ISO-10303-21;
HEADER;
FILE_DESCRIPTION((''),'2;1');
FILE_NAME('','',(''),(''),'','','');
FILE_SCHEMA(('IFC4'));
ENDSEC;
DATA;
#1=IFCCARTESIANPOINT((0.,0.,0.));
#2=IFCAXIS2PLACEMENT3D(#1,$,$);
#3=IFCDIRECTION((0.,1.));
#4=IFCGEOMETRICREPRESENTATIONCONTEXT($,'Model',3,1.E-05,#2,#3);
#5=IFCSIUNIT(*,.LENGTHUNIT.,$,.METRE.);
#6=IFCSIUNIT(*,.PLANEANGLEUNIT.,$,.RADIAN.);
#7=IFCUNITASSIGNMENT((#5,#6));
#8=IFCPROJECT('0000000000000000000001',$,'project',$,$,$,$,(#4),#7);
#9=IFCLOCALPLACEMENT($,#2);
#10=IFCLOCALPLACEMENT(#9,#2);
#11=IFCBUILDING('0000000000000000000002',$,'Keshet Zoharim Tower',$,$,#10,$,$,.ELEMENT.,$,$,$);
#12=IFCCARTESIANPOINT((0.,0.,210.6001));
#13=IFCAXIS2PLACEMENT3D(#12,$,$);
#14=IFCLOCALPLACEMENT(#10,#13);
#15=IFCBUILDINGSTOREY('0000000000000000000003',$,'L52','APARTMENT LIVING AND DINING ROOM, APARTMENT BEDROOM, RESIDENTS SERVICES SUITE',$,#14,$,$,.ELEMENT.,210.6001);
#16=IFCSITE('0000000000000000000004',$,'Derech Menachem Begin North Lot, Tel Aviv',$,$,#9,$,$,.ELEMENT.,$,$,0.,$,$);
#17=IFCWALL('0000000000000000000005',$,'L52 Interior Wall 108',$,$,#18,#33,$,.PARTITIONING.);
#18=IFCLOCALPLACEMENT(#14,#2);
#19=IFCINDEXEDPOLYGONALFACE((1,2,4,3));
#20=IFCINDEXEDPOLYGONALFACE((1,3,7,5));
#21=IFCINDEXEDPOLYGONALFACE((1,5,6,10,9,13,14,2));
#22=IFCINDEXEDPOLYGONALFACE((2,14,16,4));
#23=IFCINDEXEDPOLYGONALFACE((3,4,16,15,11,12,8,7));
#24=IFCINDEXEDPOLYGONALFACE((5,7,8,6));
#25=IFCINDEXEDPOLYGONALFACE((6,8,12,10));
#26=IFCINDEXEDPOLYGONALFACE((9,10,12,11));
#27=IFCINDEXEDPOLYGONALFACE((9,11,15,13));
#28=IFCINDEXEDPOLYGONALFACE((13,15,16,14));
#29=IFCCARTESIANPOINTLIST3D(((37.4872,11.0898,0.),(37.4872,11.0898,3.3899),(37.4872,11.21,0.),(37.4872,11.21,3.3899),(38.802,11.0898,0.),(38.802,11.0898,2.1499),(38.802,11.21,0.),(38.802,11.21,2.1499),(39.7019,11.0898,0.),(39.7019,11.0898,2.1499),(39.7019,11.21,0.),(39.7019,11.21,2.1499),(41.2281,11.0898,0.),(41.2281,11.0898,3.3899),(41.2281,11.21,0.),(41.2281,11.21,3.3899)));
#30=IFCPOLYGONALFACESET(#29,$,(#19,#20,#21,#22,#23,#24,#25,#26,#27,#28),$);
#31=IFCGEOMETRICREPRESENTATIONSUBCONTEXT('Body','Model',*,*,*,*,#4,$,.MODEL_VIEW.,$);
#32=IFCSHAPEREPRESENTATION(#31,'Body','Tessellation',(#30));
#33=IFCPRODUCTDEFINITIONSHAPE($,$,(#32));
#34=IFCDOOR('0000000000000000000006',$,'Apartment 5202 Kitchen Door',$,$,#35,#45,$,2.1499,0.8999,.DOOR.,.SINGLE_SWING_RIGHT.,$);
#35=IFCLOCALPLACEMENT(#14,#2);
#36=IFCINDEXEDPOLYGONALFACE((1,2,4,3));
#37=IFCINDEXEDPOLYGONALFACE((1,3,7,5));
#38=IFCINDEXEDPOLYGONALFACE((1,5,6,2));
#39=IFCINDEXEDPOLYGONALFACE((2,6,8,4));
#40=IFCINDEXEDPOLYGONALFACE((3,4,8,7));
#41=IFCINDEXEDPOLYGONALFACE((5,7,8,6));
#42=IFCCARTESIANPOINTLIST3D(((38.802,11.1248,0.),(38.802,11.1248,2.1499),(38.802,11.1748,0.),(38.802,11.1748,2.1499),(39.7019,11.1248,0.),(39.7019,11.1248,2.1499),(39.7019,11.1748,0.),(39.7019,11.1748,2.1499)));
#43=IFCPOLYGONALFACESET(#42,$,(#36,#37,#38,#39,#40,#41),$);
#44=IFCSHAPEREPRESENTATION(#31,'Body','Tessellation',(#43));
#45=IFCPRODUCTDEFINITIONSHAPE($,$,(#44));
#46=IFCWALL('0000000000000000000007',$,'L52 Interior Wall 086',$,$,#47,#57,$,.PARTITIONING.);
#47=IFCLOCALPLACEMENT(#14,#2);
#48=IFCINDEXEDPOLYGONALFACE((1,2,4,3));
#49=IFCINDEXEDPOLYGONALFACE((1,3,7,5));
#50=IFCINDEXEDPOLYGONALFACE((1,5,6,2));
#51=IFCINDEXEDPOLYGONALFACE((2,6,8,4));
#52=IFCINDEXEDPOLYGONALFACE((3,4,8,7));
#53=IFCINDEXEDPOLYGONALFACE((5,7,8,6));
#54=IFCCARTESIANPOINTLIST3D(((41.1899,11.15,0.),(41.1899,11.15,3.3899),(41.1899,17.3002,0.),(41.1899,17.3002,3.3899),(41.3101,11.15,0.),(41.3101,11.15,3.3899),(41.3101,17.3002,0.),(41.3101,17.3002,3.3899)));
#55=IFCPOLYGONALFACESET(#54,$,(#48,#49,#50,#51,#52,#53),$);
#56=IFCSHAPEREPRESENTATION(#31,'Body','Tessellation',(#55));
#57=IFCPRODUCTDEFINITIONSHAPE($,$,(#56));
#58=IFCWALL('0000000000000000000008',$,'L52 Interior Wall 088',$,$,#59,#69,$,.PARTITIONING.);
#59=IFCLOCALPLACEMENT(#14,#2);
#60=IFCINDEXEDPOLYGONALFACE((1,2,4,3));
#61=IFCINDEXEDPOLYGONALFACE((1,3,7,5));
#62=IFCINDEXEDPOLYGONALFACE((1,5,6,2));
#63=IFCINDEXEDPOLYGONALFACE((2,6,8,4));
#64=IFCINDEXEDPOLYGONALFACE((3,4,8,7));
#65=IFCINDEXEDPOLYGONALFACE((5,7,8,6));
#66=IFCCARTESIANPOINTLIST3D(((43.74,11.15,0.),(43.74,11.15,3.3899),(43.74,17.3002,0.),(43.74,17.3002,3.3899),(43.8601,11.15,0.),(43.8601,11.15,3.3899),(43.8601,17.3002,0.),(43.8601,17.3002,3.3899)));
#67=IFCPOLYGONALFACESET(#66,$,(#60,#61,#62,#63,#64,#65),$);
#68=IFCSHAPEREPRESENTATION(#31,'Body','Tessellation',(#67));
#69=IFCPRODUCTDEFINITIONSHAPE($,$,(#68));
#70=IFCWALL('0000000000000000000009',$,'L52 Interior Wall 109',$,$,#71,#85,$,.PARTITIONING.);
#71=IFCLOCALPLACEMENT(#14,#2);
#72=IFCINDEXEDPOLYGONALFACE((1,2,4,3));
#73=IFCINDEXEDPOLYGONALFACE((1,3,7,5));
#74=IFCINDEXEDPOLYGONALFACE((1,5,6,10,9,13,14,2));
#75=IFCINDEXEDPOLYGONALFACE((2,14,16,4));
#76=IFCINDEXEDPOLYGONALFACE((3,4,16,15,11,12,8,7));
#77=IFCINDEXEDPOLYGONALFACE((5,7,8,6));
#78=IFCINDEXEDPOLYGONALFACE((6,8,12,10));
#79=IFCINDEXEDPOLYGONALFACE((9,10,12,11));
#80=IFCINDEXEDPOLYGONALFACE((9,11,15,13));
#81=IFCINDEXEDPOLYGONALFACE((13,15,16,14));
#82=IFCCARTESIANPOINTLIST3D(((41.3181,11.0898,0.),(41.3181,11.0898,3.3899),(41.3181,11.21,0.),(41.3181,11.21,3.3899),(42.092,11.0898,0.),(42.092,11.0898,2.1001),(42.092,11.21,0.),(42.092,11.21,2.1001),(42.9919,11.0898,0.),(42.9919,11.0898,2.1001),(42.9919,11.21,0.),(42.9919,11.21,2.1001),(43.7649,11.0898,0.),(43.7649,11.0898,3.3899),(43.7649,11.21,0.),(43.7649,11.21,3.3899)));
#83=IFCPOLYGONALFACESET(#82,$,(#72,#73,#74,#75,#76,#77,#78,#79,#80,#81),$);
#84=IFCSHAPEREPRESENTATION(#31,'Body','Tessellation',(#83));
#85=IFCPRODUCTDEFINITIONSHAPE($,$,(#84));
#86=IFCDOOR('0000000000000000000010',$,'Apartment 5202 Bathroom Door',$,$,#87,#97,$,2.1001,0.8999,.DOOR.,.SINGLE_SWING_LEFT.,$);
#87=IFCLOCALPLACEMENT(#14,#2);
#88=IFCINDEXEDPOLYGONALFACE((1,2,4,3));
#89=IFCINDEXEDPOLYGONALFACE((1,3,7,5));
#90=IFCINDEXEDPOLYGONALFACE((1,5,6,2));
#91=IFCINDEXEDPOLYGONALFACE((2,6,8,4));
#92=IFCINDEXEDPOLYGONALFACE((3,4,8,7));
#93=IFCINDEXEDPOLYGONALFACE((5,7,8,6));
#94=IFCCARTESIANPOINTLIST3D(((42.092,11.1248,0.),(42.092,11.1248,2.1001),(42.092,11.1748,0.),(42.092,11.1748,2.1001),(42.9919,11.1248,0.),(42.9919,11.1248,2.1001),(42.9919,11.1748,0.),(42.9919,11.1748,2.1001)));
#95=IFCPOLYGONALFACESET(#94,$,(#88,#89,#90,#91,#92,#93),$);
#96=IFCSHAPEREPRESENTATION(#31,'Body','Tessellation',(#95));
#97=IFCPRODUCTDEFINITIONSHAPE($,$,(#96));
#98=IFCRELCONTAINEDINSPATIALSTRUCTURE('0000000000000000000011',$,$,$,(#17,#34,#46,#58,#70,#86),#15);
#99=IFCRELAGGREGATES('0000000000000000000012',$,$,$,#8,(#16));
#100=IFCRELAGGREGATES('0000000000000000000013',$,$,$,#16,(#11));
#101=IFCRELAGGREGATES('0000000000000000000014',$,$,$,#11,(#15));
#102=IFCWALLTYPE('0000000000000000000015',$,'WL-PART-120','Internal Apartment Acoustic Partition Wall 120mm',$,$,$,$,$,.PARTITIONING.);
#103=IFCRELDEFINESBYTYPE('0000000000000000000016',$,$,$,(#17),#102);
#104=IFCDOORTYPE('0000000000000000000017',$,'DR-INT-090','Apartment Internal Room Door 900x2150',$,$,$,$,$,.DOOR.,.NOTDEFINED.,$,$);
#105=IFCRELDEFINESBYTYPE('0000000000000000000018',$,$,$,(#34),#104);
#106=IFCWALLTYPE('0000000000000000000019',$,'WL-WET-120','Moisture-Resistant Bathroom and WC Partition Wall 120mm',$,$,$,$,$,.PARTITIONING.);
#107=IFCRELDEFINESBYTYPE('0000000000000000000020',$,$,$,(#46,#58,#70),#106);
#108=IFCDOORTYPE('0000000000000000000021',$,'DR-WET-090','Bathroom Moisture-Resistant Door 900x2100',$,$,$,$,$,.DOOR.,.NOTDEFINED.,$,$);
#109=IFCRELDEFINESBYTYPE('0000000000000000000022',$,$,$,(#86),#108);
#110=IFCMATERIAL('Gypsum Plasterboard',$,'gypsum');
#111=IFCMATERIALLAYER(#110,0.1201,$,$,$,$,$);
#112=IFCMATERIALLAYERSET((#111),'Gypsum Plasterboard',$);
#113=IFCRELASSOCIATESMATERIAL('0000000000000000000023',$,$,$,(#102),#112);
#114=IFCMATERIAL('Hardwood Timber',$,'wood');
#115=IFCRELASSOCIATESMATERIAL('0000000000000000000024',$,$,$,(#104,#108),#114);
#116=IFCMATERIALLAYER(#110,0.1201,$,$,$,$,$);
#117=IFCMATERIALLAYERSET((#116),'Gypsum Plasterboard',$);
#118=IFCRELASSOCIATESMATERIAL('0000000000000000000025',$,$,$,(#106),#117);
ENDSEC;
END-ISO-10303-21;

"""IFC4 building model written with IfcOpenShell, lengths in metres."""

from ifc_helpers import new_model, si_unit, direction, frame, frame_2d, origin, place, context, subcontext, project, spatial, rectangle, extrude, material, layer, layer_set, type_object, element, fill, save


model = new_model("IFC4")

# Units and contexts
model_context = context("Model", 3, precision=1e-05, world=origin(), true_north=direction((0.0, 1.0)))
body_context = subcontext(model_context, "Body", "Model", "MODEL_VIEW")
ifc_project = project(units=[si_unit("LENGTHUNIT", "METRE"), si_unit("PLANEANGLEUNIT", "RADIAN")], contexts=[model_context])

# Site, building, storey
site_placement = place(None, origin())
site = spatial("IfcSite", under=ifc_project, at=site_placement, Name="Derech Menachem Begin North Lot, Tel Aviv", CompositionType="ELEMENT", RefElevation=0.0)
building_placement = place(site_placement, origin())
building = spatial("IfcBuilding", under=site, at=building_placement, Name="Keshet Zoharim Tower", CompositionType="ELEMENT")
storey_placement = place(building_placement, frame((0.0, 0.0, 210.6001)))
storey = spatial("IfcBuildingStorey", under=building, at=storey_placement, Name="L52", Description="APARTMENT LIVING AND DINING ROOM, APARTMENT BEDROOM, RESIDENTS SERVICES SUITE", CompositionType="ELEMENT", Elevation=210.6001)

# Shared definitions
ifc_material_1 = material(Name="Gypsum Plasterboard", Category="gypsum")
ifc_material_2 = material(Name="Hardwood Timber", Category="wood")

# Shared definitions
ifc_layer_1 = layer(ifc_material_1, 0.1201)
ifc_layer_set_1 = layer_set([ifc_layer_1], Name="Gypsum Plasterboard")
wall_type_1 = type_object("IfcWallType", Name="WL-PART-120", Description="Internal Apartment Acoustic Partition Wall 120mm", PredefinedType="PARTITIONING", material=ifc_layer_set_1)

# Wall, opening, door
wall_1_placement = place(storey_placement, frame((37.4871, 11.1499, 0.0), z_axis=(0.0, 0.0, 1.0), x_axis=(1.0, 0.0, 0.0)))
wall_1 = element("IfcWall", 1, at=wall_1_placement, inside=storey, type_object=wall_type_1, Name="L52 Interior Wall 108", PredefinedType="PARTITIONING", context=body_context, shape_type="SweptSolid", body=[
    extrude(rectangle(XDim=3.741, YDim=0.1201, at=frame_2d((1.8706, 0.0))), origin(), (0.0, 0.0, 1.0), 3.3899),
])
opening_1_placement = place(wall_1_placement, frame((1.3149, 0.0, 0.0)))
opening_1 = element("IfcOpeningElement", 2, at=opening_1_placement, cuts=wall_1, PredefinedType="OPENING", context=body_context, shape_type="SweptSolid", body=[
    extrude(rectangle(XDim=0.8999, YDim=2.1499, at=frame_2d((0.45, 1.075))), frame((0.0, 0.0701, 0.0), z_axis=(0.0, -1.0, 0.0), x_axis=(1.0, 0.0, 0.0)), (0.0, 0.0, 1.0), 0.1401),
])
door_type_1 = type_object("IfcDoorType", Name="DR-INT-090", Description="Apartment Internal Room Door 900x2150", OperationType="NOTDEFINED", PredefinedType="DOOR", material=ifc_material_2)
door_1_placement = place(opening_1_placement, origin())
door_1 = element("IfcDoor", 3, at=door_1_placement, inside=storey, type_object=door_type_1, Name="Apartment 5202 Kitchen Door", OperationType="SINGLE_SWING_RIGHT", OverallHeight=2.1499, OverallWidth=0.8999, PredefinedType="DOOR", context=body_context, shape_type="SweptSolid", body=[
    extrude(rectangle(XDim=0.8999, YDim=2.1499, at=frame_2d((0.45, 1.075))), frame((0.0, 0.0249, 0.0), z_axis=(0.0, -1.0, 0.0), x_axis=(1.0, 0.0, 0.0)), (0.0, 0.0, 1.0), 0.05),
])
fill(opening_1, door_1)

# Walls
ifc_layer_2 = layer(ifc_material_1, 0.1201)
ifc_layer_set_2 = layer_set([ifc_layer_2], Name="Gypsum Plasterboard")
wall_type_2 = type_object("IfcWallType", Name="WL-WET-120", Description="Moisture-Resistant Bathroom and WC Partition Wall 120mm", PredefinedType="PARTITIONING", material=ifc_layer_set_2)
for number, where, z_axis, x_axis, name in (
    (4, (41.25, 11.1499, 0.0), (0.0, 0.0, 1.0), (0.0, 1.0, 0.0), "L52 Interior Wall 086"),
    (5, (43.8, 11.1499, 0.0), (0.0, 0.0, 1.0), (0.0, 1.0, 0.0), "L52 Interior Wall 088"),
):
    element("IfcWall", number, at=place(storey_placement, frame(where, z_axis=z_axis, x_axis=x_axis)), inside=storey, type_object=wall_type_2, Name=name, PredefinedType="PARTITIONING", context=body_context, shape_type="SweptSolid", body=[
        extrude(rectangle(XDim=6.1501, YDim=0.1201, at=frame_2d((3.0752, 0.0))), origin(), (0.0, 0.0, 1.0), 3.3899),
    ])

# Wall, opening, door
wall_2_placement = place(storey_placement, frame((41.3181, 11.1499, 0.0), z_axis=(0.0, 0.0, 1.0), x_axis=(1.0, 0.0, 0.0)))
wall_2 = element("IfcWall", 6, at=wall_2_placement, inside=storey, type_object=wall_type_2, Name="L52 Interior Wall 109", PredefinedType="PARTITIONING", context=body_context, shape_type="SweptSolid", body=[
    extrude(rectangle(XDim=2.4468, YDim=0.1201, at=frame_2d((1.2234, 0.0))), origin(), (0.0, 0.0, 1.0), 3.3899),
])
opening_2_placement = place(wall_2_placement, frame((0.7739, 0.0, 0.0)))
opening_2 = element("IfcOpeningElement", 7, at=opening_2_placement, cuts=wall_2, PredefinedType="OPENING", context=body_context, shape_type="SweptSolid", body=[
    extrude(rectangle(XDim=0.8999, YDim=2.1001, at=frame_2d((0.45, 1.05))), frame((0.0, 0.0701, 0.0), z_axis=(0.0, -1.0, 0.0), x_axis=(1.0, 0.0, 0.0)), (0.0, 0.0, 1.0), 0.1401),
])
door_type_2 = type_object("IfcDoorType", Name="DR-WET-090", Description="Bathroom Moisture-Resistant Door 900x2100", OperationType="NOTDEFINED", PredefinedType="DOOR", material=ifc_material_2)
door_2_placement = place(opening_2_placement, origin())
door_2 = element("IfcDoor", 8, at=door_2_placement, inside=storey, type_object=door_type_2, Name="Apartment 5202 Bathroom Door", OperationType="SINGLE_SWING_LEFT", OverallHeight=2.1001, OverallWidth=0.8999, PredefinedType="DOOR", context=body_context, shape_type="SweptSolid", body=[
    extrude(rectangle(XDim=0.8999, YDim=2.1001, at=frame_2d((0.45, 1.05))), frame((0.0, 0.0249, 0.0), z_axis=(0.0, -1.0, 0.0), x_axis=(1.0, 0.0, 0.0)), (0.0, 0.0, 1.0), 0.05),
])
fill(opening_2, door_2)

save(model, "model.ifc")
